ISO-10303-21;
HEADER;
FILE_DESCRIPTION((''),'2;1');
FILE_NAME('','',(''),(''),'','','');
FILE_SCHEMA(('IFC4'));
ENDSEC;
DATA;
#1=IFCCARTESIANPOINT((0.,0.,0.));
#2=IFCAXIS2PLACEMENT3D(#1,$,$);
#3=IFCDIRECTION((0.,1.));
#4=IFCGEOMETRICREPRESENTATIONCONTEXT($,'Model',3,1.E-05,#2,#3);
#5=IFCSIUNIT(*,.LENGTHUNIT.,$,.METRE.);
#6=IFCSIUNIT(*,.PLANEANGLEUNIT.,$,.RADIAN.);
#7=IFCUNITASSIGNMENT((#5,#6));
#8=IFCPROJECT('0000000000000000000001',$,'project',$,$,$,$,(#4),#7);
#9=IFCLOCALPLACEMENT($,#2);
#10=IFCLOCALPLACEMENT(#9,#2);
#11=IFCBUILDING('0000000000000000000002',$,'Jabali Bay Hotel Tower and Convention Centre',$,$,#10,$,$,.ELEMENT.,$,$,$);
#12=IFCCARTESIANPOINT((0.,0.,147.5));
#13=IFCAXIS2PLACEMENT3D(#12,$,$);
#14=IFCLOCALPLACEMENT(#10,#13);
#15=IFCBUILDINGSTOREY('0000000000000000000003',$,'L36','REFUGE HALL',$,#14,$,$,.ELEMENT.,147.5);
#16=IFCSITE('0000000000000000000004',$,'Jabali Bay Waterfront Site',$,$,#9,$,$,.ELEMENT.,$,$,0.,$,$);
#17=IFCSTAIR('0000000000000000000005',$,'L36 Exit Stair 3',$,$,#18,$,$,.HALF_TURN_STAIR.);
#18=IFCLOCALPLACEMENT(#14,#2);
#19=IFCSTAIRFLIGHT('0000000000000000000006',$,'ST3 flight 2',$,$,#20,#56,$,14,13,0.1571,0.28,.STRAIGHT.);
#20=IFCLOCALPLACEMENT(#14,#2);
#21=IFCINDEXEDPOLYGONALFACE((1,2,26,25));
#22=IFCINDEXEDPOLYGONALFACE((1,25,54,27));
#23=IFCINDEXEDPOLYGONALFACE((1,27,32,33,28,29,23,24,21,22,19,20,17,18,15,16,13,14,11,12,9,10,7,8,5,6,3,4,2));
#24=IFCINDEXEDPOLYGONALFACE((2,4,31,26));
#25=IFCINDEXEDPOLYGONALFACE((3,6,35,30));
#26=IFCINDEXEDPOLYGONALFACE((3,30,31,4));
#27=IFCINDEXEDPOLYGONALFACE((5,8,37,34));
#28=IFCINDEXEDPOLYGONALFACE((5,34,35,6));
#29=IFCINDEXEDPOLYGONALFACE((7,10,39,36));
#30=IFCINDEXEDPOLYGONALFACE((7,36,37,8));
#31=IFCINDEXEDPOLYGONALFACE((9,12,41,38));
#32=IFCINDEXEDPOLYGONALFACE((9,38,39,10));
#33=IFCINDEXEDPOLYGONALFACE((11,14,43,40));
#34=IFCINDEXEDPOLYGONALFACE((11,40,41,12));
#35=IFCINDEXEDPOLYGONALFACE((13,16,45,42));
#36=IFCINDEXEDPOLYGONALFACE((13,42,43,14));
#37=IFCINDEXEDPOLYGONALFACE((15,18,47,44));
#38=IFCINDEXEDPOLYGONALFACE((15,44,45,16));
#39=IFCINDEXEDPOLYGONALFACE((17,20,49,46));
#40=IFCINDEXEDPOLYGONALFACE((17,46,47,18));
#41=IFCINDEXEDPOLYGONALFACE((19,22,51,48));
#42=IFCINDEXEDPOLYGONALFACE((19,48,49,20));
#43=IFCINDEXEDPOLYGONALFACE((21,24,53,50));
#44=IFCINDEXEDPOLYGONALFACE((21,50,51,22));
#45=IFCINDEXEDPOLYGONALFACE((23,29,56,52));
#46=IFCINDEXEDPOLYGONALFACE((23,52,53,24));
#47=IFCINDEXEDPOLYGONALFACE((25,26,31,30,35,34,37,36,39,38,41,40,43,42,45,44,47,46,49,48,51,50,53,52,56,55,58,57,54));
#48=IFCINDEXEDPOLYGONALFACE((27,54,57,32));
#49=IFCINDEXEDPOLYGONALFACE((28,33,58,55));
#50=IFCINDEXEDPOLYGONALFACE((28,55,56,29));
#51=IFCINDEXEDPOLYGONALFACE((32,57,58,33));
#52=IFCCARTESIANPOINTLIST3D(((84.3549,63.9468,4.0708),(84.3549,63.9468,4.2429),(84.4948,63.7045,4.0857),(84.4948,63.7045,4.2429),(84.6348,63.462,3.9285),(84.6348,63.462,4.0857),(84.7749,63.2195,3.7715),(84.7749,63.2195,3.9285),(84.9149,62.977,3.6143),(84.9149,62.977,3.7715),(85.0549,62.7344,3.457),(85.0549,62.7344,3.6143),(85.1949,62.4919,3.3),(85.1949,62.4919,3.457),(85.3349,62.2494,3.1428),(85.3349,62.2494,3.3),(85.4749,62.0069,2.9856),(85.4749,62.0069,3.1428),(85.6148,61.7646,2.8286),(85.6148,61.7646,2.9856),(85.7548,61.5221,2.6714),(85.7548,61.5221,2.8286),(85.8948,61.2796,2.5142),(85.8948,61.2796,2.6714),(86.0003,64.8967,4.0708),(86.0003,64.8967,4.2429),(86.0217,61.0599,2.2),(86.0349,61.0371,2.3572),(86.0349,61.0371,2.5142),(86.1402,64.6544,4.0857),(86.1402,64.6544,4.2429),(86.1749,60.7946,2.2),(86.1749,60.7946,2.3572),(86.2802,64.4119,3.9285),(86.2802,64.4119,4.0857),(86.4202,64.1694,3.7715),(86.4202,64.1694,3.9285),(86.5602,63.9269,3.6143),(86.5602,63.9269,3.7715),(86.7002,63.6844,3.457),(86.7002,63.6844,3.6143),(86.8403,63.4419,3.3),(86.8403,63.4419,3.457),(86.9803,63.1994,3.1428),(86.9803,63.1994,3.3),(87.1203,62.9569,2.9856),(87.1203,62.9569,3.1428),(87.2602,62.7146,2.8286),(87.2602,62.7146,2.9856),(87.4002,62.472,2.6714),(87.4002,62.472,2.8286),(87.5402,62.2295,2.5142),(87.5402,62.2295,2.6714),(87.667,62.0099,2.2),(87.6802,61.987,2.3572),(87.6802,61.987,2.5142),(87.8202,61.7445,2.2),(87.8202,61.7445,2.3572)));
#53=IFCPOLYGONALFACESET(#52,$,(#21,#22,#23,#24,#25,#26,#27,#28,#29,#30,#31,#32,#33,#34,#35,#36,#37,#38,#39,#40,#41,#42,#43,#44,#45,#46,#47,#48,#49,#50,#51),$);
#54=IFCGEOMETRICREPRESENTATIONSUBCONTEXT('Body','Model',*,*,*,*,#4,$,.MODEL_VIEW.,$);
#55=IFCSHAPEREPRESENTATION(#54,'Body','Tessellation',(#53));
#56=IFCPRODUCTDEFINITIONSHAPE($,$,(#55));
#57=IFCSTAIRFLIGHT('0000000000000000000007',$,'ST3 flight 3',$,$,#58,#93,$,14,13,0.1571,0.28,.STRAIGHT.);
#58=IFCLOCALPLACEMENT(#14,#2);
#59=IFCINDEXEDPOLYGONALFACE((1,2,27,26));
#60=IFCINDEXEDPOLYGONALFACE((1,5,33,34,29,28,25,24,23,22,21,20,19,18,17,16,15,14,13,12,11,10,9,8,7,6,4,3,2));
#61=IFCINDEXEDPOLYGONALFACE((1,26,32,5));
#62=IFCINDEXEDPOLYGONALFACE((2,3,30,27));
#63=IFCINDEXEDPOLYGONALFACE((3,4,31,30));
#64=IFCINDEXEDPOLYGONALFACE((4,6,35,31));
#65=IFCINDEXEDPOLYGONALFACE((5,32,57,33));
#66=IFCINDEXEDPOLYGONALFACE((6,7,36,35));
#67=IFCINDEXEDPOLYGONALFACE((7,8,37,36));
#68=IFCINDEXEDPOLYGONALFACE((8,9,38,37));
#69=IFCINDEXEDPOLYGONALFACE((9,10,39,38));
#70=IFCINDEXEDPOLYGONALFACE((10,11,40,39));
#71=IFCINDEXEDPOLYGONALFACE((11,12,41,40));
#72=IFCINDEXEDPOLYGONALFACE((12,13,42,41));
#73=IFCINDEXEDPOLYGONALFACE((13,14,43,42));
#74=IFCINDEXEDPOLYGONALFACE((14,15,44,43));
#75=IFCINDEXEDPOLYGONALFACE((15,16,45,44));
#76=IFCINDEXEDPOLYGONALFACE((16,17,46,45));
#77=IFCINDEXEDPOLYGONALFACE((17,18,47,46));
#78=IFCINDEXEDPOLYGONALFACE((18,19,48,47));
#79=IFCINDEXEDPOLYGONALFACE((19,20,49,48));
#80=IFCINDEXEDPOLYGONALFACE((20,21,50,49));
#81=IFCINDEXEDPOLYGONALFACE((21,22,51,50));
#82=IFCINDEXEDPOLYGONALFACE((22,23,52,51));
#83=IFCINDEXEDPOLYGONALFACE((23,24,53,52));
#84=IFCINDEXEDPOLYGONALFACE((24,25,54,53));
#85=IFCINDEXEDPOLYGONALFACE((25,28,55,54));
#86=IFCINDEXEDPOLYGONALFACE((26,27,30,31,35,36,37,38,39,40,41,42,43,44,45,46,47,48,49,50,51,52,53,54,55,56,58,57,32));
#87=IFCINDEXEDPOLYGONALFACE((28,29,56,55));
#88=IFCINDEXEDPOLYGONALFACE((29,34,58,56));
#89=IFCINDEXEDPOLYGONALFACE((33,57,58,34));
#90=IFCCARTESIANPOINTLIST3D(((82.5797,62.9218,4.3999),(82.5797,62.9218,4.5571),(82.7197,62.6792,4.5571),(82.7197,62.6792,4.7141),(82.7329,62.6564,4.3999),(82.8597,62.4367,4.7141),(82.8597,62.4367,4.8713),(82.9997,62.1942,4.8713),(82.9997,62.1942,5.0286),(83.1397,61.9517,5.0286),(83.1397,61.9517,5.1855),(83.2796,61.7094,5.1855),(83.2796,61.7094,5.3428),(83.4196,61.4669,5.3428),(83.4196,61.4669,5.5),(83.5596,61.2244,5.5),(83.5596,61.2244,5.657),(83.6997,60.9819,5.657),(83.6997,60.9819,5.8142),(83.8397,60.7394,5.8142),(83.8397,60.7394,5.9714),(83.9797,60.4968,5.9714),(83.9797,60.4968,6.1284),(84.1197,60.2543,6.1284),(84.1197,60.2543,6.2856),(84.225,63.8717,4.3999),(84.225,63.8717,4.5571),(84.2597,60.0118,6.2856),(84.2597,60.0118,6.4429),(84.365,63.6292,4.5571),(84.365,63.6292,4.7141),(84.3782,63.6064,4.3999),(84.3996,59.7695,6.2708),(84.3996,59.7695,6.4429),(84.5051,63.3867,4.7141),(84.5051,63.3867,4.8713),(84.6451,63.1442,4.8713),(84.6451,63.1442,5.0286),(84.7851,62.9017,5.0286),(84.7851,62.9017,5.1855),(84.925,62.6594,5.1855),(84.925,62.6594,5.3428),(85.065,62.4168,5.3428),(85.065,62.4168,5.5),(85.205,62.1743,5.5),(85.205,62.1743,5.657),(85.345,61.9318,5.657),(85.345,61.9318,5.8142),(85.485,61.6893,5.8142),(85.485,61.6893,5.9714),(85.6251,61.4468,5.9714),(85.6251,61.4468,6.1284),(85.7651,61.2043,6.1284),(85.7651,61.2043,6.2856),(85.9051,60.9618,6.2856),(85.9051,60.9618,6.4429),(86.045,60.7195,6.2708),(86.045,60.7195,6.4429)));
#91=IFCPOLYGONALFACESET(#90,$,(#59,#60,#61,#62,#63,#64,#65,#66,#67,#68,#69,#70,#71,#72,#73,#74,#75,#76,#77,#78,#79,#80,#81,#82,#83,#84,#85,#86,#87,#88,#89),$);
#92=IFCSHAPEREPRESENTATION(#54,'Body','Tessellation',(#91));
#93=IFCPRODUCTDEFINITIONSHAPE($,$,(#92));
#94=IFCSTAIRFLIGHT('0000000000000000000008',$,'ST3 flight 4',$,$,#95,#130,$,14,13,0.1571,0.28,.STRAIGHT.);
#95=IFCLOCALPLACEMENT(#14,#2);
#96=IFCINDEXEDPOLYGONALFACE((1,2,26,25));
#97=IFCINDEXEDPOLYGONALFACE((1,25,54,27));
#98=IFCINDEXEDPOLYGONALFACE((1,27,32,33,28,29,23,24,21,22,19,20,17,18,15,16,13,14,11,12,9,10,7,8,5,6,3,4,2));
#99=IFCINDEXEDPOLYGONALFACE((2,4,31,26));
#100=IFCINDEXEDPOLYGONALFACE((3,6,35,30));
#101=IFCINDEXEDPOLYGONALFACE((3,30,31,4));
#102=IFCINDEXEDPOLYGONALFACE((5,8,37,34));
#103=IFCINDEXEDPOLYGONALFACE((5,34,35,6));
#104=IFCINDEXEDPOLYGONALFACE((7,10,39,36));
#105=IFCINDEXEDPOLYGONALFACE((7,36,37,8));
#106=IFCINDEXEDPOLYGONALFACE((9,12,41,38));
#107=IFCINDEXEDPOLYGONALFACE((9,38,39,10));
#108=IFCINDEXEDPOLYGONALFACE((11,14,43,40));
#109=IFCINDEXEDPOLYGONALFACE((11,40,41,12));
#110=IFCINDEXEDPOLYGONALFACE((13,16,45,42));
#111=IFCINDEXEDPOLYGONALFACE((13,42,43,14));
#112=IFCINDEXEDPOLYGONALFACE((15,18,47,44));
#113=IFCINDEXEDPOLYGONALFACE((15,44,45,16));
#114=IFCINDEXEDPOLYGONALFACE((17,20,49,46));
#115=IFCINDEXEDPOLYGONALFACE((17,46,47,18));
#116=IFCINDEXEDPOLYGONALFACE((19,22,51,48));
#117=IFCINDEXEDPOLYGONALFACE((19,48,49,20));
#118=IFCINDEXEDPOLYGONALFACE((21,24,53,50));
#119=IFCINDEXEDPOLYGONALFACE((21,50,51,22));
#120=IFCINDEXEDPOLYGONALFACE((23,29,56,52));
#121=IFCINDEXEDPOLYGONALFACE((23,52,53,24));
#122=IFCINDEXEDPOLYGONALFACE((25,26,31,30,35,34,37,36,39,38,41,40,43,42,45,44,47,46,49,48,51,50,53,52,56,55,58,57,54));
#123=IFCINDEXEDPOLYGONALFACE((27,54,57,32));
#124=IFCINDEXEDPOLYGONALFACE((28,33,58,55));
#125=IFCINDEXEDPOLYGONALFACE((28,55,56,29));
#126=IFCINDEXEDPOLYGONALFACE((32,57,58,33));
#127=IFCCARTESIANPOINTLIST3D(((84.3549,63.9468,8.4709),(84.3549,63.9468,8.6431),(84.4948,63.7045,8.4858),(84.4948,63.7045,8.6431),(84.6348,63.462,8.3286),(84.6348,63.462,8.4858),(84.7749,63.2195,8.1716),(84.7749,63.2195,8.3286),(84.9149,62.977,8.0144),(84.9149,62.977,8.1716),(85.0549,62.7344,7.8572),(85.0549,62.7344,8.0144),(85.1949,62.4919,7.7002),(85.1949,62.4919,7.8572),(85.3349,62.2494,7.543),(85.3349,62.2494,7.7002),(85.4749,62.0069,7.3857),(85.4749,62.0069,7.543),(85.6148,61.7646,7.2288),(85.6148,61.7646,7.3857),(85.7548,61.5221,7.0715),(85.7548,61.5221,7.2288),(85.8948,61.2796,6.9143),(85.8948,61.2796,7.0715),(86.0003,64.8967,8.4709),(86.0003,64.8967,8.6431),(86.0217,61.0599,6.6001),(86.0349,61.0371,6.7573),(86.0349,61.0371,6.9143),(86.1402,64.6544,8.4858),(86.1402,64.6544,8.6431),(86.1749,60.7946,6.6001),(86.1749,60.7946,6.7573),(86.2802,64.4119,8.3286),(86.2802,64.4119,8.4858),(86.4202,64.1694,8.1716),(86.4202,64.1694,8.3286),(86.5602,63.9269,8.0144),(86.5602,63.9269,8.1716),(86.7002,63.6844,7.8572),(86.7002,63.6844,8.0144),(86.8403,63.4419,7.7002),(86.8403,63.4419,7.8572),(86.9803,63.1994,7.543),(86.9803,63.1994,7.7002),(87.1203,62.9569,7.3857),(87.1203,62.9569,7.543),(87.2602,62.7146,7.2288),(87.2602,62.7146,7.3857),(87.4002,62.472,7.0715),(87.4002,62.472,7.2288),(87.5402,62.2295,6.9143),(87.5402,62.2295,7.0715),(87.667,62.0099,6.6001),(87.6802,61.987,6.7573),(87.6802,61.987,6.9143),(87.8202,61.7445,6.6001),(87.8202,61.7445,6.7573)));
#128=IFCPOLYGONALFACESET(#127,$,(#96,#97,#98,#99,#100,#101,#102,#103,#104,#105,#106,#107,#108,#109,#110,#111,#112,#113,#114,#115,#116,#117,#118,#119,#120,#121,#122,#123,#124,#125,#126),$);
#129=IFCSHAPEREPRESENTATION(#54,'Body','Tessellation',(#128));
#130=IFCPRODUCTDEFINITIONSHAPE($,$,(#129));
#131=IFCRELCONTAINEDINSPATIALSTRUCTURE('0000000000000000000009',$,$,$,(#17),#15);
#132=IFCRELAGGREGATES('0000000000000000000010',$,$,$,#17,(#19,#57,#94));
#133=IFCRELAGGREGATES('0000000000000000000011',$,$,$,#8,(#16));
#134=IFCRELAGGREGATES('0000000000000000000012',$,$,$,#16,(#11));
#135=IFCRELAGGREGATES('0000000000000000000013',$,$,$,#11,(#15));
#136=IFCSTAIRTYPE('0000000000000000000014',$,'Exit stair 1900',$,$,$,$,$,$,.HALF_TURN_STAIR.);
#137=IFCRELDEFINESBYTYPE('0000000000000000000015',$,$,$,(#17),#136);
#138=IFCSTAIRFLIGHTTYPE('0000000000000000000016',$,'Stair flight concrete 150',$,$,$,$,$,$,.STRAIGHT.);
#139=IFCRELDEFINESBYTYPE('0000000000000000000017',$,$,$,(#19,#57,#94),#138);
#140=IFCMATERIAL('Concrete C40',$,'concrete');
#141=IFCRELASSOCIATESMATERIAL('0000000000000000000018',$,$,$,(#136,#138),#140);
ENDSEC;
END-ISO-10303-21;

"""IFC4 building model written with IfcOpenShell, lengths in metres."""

from ifc_helpers import new_model, si_unit, direction, frame, origin, place, context, subcontext, project, spatial, polyline, outline, extrude, material, type_object, element, aggregate, save


model = new_model("IFC4")

# Units and contexts
model_context = context("Model", 3, precision=1e-05, world=origin(), true_north=direction((0.0, 1.0)))
body_context = subcontext(model_context, "Body", "Model", "MODEL_VIEW")
ifc_project = project(units=[si_unit("LENGTHUNIT", "METRE"), si_unit("PLANEANGLEUNIT", "RADIAN")], contexts=[model_context])

# Site, building, storey
site_placement = place(None, origin())
site = spatial("IfcSite", under=ifc_project, at=site_placement, Name="Jabali Bay Waterfront Site", CompositionType="ELEMENT", RefElevation=0.0)
building_placement = place(site_placement, origin())
building = spatial("IfcBuilding", under=site, at=building_placement, Name="Jabali Bay Hotel Tower and Convention Centre", CompositionType="ELEMENT")
storey_placement = place(building_placement, frame((0.0, 0.0, 147.5)))
storey = spatial("IfcBuildingStorey", under=building, at=storey_placement, Name="L36", Description="REFUGE HALL", CompositionType="ELEMENT", Elevation=147.5)

# Shared definitions
ifc_material_1 = material(Name="Concrete C40", Category="concrete")

# Stair, stair flights
stair_type = type_object("IfcStairType", Name="Exit stair 1900", PredefinedType="HALF_TURN_STAIR", material=ifc_material_1)
stair_placement = place(storey_placement, origin())
stair = element("IfcStair", 1, at=stair_placement, inside=storey, type_object=stair_type, Name="L36 Exit Stair 3", PredefinedType="HALF_TURN_STAIR")
stair_flight_type = type_object("IfcStairFlightType", Name="Stair flight concrete 150", PredefinedType="STRAIGHT", material=ifc_material_1)
stair_flight_1_placement = place(storey_placement, frame((86.9976, 61.2695, 2.2), z_axis=(0.0, 0.0, 1.0), x_axis=(-0.5, 0.866025, 0.0)))
stair_flight_1 = element("IfcStairFlight", 2, at=stair_flight_1_placement, type_object=stair_flight_type, Name="ST3 flight 2", NumberOfRisers=14, NumberOfTreads=13, PredefinedType="STRAIGHT", RiserHeight=0.1571, TreadLength=0.28, context=body_context, shape_type="SweptSolid", body=[
    extrude(outline(polyline([(0.0, 0.0), (0.0, 0.1572), (0.28, 0.1572), (0.28, 0.3142), (0.5601, 0.3142), (0.5601, 0.4714), (0.8401, 0.4714), (0.8401, 0.6287), (1.1201, 0.6287), (1.1201, 0.7856), (1.3999, 0.7856), (1.3999, 0.9429), (1.6799, 0.9429), (1.6799, 1.1001), (1.96, 1.1001), (1.96, 1.2571), (2.24, 1.2571), (2.24, 1.4143), (2.52, 1.4143), (2.52, 1.5715), (2.8, 1.5715), (2.8, 1.7285), (3.0801, 1.7285), (3.0801, 1.8857), (3.3601, 1.8857), (3.3601, 2.043), (3.6399, 2.043), (3.6399, 2.2), (3.6399, 1.8708), (0.3064, 0.0), (0.0, 0.0)])), frame((0.0, 0.95, 0.0), z_axis=(0.0, -1.0, 0.0), x_axis=(1.0, 0.0, 0.0)), (0.0, 0.0, 1.0), 1.8999),
])
stair_flight_2_placement = place(storey_placement, frame((83.4023, 63.3967, 4.3999), z_axis=(0.0, 0.0, 1.0), x_axis=(0.5, -0.866025, 0.0)))
stair_flight_2 = element("IfcStairFlight", 3, at=stair_flight_2_placement, type_object=stair_flight_type, Name="ST3 flight 3", NumberOfRisers=14, NumberOfTreads=13, PredefinedType="STRAIGHT", RiserHeight=0.1571, TreadLength=0.28, context=body_context, shape_type="SweptSolid", body=[
    extrude(outline(polyline([(0.0, 0.0), (0.0, 0.1572), (0.28, 0.1572), (0.28, 0.3142), (0.5601, 0.3142), (0.5601, 0.4714), (0.8401, 0.4714), (0.8401, 0.6287), (1.1201, 0.6287), (1.1201, 0.7856), (1.3999, 0.7856), (1.3999, 0.9429), (1.6799, 0.9429), (1.6799, 1.1001), (1.96, 1.1001), (1.96, 1.2571), (2.24, 1.2571), (2.24, 1.4143), (2.52, 1.4143), (2.52, 1.5715), (2.8, 1.5715), (2.8, 1.7285), (3.0801, 1.7285), (3.0801, 1.8857), (3.3601, 1.8857), (3.3601, 2.043), (3.6399, 2.043), (3.6399, 2.2), (3.6399, 1.8708), (0.3064, 0.0), (0.0, 0.0)])), frame((0.0, 0.95, 0.0), z_axis=(0.0, -1.0, 0.0), x_axis=(1.0, 0.0, 0.0)), (0.0, 0.0, 1.0), 1.8999),
])
stair_flight_3_placement = place(storey_placement, frame((86.9976, 61.2695, 6.6001), z_axis=(0.0, 0.0, 1.0), x_axis=(-0.5, 0.866025, 0.0)))
stair_flight_3 = element("IfcStairFlight", 4, at=stair_flight_3_placement, type_object=stair_flight_type, Name="ST3 flight 4", NumberOfRisers=14, NumberOfTreads=13, PredefinedType="STRAIGHT", RiserHeight=0.1571, TreadLength=0.28, context=body_context, shape_type="SweptSolid", body=[
    extrude(outline(polyline([(0.0, 0.0), (0.0, 0.1572), (0.28, 0.1572), (0.28, 0.3142), (0.5601, 0.3142), (0.5601, 0.4714), (0.8401, 0.4714), (0.8401, 0.6287), (1.1201, 0.6287), (1.1201, 0.7856), (1.3999, 0.7856), (1.3999, 0.9429), (1.6799, 0.9429), (1.6799, 1.1001), (1.96, 1.1001), (1.96, 1.2571), (2.24, 1.2571), (2.24, 1.4143), (2.52, 1.4143), (2.52, 1.5715), (2.8, 1.5715), (2.8, 1.7285), (3.0801, 1.7285), (3.0801, 1.8857), (3.3601, 1.8857), (3.3601, 2.043), (3.6399, 2.043), (3.6399, 2.2), (3.6399, 1.8708), (0.3064, 0.0), (0.0, 0.0)])), frame((0.0, 0.95, 0.0), z_axis=(0.0, -1.0, 0.0), x_axis=(1.0, 0.0, 0.0)), (0.0, 0.0, 1.0), 1.8999),
])
aggregate(stair, [stair_flight_1, stair_flight_2, stair_flight_3])

save(model, "model.ifc")
